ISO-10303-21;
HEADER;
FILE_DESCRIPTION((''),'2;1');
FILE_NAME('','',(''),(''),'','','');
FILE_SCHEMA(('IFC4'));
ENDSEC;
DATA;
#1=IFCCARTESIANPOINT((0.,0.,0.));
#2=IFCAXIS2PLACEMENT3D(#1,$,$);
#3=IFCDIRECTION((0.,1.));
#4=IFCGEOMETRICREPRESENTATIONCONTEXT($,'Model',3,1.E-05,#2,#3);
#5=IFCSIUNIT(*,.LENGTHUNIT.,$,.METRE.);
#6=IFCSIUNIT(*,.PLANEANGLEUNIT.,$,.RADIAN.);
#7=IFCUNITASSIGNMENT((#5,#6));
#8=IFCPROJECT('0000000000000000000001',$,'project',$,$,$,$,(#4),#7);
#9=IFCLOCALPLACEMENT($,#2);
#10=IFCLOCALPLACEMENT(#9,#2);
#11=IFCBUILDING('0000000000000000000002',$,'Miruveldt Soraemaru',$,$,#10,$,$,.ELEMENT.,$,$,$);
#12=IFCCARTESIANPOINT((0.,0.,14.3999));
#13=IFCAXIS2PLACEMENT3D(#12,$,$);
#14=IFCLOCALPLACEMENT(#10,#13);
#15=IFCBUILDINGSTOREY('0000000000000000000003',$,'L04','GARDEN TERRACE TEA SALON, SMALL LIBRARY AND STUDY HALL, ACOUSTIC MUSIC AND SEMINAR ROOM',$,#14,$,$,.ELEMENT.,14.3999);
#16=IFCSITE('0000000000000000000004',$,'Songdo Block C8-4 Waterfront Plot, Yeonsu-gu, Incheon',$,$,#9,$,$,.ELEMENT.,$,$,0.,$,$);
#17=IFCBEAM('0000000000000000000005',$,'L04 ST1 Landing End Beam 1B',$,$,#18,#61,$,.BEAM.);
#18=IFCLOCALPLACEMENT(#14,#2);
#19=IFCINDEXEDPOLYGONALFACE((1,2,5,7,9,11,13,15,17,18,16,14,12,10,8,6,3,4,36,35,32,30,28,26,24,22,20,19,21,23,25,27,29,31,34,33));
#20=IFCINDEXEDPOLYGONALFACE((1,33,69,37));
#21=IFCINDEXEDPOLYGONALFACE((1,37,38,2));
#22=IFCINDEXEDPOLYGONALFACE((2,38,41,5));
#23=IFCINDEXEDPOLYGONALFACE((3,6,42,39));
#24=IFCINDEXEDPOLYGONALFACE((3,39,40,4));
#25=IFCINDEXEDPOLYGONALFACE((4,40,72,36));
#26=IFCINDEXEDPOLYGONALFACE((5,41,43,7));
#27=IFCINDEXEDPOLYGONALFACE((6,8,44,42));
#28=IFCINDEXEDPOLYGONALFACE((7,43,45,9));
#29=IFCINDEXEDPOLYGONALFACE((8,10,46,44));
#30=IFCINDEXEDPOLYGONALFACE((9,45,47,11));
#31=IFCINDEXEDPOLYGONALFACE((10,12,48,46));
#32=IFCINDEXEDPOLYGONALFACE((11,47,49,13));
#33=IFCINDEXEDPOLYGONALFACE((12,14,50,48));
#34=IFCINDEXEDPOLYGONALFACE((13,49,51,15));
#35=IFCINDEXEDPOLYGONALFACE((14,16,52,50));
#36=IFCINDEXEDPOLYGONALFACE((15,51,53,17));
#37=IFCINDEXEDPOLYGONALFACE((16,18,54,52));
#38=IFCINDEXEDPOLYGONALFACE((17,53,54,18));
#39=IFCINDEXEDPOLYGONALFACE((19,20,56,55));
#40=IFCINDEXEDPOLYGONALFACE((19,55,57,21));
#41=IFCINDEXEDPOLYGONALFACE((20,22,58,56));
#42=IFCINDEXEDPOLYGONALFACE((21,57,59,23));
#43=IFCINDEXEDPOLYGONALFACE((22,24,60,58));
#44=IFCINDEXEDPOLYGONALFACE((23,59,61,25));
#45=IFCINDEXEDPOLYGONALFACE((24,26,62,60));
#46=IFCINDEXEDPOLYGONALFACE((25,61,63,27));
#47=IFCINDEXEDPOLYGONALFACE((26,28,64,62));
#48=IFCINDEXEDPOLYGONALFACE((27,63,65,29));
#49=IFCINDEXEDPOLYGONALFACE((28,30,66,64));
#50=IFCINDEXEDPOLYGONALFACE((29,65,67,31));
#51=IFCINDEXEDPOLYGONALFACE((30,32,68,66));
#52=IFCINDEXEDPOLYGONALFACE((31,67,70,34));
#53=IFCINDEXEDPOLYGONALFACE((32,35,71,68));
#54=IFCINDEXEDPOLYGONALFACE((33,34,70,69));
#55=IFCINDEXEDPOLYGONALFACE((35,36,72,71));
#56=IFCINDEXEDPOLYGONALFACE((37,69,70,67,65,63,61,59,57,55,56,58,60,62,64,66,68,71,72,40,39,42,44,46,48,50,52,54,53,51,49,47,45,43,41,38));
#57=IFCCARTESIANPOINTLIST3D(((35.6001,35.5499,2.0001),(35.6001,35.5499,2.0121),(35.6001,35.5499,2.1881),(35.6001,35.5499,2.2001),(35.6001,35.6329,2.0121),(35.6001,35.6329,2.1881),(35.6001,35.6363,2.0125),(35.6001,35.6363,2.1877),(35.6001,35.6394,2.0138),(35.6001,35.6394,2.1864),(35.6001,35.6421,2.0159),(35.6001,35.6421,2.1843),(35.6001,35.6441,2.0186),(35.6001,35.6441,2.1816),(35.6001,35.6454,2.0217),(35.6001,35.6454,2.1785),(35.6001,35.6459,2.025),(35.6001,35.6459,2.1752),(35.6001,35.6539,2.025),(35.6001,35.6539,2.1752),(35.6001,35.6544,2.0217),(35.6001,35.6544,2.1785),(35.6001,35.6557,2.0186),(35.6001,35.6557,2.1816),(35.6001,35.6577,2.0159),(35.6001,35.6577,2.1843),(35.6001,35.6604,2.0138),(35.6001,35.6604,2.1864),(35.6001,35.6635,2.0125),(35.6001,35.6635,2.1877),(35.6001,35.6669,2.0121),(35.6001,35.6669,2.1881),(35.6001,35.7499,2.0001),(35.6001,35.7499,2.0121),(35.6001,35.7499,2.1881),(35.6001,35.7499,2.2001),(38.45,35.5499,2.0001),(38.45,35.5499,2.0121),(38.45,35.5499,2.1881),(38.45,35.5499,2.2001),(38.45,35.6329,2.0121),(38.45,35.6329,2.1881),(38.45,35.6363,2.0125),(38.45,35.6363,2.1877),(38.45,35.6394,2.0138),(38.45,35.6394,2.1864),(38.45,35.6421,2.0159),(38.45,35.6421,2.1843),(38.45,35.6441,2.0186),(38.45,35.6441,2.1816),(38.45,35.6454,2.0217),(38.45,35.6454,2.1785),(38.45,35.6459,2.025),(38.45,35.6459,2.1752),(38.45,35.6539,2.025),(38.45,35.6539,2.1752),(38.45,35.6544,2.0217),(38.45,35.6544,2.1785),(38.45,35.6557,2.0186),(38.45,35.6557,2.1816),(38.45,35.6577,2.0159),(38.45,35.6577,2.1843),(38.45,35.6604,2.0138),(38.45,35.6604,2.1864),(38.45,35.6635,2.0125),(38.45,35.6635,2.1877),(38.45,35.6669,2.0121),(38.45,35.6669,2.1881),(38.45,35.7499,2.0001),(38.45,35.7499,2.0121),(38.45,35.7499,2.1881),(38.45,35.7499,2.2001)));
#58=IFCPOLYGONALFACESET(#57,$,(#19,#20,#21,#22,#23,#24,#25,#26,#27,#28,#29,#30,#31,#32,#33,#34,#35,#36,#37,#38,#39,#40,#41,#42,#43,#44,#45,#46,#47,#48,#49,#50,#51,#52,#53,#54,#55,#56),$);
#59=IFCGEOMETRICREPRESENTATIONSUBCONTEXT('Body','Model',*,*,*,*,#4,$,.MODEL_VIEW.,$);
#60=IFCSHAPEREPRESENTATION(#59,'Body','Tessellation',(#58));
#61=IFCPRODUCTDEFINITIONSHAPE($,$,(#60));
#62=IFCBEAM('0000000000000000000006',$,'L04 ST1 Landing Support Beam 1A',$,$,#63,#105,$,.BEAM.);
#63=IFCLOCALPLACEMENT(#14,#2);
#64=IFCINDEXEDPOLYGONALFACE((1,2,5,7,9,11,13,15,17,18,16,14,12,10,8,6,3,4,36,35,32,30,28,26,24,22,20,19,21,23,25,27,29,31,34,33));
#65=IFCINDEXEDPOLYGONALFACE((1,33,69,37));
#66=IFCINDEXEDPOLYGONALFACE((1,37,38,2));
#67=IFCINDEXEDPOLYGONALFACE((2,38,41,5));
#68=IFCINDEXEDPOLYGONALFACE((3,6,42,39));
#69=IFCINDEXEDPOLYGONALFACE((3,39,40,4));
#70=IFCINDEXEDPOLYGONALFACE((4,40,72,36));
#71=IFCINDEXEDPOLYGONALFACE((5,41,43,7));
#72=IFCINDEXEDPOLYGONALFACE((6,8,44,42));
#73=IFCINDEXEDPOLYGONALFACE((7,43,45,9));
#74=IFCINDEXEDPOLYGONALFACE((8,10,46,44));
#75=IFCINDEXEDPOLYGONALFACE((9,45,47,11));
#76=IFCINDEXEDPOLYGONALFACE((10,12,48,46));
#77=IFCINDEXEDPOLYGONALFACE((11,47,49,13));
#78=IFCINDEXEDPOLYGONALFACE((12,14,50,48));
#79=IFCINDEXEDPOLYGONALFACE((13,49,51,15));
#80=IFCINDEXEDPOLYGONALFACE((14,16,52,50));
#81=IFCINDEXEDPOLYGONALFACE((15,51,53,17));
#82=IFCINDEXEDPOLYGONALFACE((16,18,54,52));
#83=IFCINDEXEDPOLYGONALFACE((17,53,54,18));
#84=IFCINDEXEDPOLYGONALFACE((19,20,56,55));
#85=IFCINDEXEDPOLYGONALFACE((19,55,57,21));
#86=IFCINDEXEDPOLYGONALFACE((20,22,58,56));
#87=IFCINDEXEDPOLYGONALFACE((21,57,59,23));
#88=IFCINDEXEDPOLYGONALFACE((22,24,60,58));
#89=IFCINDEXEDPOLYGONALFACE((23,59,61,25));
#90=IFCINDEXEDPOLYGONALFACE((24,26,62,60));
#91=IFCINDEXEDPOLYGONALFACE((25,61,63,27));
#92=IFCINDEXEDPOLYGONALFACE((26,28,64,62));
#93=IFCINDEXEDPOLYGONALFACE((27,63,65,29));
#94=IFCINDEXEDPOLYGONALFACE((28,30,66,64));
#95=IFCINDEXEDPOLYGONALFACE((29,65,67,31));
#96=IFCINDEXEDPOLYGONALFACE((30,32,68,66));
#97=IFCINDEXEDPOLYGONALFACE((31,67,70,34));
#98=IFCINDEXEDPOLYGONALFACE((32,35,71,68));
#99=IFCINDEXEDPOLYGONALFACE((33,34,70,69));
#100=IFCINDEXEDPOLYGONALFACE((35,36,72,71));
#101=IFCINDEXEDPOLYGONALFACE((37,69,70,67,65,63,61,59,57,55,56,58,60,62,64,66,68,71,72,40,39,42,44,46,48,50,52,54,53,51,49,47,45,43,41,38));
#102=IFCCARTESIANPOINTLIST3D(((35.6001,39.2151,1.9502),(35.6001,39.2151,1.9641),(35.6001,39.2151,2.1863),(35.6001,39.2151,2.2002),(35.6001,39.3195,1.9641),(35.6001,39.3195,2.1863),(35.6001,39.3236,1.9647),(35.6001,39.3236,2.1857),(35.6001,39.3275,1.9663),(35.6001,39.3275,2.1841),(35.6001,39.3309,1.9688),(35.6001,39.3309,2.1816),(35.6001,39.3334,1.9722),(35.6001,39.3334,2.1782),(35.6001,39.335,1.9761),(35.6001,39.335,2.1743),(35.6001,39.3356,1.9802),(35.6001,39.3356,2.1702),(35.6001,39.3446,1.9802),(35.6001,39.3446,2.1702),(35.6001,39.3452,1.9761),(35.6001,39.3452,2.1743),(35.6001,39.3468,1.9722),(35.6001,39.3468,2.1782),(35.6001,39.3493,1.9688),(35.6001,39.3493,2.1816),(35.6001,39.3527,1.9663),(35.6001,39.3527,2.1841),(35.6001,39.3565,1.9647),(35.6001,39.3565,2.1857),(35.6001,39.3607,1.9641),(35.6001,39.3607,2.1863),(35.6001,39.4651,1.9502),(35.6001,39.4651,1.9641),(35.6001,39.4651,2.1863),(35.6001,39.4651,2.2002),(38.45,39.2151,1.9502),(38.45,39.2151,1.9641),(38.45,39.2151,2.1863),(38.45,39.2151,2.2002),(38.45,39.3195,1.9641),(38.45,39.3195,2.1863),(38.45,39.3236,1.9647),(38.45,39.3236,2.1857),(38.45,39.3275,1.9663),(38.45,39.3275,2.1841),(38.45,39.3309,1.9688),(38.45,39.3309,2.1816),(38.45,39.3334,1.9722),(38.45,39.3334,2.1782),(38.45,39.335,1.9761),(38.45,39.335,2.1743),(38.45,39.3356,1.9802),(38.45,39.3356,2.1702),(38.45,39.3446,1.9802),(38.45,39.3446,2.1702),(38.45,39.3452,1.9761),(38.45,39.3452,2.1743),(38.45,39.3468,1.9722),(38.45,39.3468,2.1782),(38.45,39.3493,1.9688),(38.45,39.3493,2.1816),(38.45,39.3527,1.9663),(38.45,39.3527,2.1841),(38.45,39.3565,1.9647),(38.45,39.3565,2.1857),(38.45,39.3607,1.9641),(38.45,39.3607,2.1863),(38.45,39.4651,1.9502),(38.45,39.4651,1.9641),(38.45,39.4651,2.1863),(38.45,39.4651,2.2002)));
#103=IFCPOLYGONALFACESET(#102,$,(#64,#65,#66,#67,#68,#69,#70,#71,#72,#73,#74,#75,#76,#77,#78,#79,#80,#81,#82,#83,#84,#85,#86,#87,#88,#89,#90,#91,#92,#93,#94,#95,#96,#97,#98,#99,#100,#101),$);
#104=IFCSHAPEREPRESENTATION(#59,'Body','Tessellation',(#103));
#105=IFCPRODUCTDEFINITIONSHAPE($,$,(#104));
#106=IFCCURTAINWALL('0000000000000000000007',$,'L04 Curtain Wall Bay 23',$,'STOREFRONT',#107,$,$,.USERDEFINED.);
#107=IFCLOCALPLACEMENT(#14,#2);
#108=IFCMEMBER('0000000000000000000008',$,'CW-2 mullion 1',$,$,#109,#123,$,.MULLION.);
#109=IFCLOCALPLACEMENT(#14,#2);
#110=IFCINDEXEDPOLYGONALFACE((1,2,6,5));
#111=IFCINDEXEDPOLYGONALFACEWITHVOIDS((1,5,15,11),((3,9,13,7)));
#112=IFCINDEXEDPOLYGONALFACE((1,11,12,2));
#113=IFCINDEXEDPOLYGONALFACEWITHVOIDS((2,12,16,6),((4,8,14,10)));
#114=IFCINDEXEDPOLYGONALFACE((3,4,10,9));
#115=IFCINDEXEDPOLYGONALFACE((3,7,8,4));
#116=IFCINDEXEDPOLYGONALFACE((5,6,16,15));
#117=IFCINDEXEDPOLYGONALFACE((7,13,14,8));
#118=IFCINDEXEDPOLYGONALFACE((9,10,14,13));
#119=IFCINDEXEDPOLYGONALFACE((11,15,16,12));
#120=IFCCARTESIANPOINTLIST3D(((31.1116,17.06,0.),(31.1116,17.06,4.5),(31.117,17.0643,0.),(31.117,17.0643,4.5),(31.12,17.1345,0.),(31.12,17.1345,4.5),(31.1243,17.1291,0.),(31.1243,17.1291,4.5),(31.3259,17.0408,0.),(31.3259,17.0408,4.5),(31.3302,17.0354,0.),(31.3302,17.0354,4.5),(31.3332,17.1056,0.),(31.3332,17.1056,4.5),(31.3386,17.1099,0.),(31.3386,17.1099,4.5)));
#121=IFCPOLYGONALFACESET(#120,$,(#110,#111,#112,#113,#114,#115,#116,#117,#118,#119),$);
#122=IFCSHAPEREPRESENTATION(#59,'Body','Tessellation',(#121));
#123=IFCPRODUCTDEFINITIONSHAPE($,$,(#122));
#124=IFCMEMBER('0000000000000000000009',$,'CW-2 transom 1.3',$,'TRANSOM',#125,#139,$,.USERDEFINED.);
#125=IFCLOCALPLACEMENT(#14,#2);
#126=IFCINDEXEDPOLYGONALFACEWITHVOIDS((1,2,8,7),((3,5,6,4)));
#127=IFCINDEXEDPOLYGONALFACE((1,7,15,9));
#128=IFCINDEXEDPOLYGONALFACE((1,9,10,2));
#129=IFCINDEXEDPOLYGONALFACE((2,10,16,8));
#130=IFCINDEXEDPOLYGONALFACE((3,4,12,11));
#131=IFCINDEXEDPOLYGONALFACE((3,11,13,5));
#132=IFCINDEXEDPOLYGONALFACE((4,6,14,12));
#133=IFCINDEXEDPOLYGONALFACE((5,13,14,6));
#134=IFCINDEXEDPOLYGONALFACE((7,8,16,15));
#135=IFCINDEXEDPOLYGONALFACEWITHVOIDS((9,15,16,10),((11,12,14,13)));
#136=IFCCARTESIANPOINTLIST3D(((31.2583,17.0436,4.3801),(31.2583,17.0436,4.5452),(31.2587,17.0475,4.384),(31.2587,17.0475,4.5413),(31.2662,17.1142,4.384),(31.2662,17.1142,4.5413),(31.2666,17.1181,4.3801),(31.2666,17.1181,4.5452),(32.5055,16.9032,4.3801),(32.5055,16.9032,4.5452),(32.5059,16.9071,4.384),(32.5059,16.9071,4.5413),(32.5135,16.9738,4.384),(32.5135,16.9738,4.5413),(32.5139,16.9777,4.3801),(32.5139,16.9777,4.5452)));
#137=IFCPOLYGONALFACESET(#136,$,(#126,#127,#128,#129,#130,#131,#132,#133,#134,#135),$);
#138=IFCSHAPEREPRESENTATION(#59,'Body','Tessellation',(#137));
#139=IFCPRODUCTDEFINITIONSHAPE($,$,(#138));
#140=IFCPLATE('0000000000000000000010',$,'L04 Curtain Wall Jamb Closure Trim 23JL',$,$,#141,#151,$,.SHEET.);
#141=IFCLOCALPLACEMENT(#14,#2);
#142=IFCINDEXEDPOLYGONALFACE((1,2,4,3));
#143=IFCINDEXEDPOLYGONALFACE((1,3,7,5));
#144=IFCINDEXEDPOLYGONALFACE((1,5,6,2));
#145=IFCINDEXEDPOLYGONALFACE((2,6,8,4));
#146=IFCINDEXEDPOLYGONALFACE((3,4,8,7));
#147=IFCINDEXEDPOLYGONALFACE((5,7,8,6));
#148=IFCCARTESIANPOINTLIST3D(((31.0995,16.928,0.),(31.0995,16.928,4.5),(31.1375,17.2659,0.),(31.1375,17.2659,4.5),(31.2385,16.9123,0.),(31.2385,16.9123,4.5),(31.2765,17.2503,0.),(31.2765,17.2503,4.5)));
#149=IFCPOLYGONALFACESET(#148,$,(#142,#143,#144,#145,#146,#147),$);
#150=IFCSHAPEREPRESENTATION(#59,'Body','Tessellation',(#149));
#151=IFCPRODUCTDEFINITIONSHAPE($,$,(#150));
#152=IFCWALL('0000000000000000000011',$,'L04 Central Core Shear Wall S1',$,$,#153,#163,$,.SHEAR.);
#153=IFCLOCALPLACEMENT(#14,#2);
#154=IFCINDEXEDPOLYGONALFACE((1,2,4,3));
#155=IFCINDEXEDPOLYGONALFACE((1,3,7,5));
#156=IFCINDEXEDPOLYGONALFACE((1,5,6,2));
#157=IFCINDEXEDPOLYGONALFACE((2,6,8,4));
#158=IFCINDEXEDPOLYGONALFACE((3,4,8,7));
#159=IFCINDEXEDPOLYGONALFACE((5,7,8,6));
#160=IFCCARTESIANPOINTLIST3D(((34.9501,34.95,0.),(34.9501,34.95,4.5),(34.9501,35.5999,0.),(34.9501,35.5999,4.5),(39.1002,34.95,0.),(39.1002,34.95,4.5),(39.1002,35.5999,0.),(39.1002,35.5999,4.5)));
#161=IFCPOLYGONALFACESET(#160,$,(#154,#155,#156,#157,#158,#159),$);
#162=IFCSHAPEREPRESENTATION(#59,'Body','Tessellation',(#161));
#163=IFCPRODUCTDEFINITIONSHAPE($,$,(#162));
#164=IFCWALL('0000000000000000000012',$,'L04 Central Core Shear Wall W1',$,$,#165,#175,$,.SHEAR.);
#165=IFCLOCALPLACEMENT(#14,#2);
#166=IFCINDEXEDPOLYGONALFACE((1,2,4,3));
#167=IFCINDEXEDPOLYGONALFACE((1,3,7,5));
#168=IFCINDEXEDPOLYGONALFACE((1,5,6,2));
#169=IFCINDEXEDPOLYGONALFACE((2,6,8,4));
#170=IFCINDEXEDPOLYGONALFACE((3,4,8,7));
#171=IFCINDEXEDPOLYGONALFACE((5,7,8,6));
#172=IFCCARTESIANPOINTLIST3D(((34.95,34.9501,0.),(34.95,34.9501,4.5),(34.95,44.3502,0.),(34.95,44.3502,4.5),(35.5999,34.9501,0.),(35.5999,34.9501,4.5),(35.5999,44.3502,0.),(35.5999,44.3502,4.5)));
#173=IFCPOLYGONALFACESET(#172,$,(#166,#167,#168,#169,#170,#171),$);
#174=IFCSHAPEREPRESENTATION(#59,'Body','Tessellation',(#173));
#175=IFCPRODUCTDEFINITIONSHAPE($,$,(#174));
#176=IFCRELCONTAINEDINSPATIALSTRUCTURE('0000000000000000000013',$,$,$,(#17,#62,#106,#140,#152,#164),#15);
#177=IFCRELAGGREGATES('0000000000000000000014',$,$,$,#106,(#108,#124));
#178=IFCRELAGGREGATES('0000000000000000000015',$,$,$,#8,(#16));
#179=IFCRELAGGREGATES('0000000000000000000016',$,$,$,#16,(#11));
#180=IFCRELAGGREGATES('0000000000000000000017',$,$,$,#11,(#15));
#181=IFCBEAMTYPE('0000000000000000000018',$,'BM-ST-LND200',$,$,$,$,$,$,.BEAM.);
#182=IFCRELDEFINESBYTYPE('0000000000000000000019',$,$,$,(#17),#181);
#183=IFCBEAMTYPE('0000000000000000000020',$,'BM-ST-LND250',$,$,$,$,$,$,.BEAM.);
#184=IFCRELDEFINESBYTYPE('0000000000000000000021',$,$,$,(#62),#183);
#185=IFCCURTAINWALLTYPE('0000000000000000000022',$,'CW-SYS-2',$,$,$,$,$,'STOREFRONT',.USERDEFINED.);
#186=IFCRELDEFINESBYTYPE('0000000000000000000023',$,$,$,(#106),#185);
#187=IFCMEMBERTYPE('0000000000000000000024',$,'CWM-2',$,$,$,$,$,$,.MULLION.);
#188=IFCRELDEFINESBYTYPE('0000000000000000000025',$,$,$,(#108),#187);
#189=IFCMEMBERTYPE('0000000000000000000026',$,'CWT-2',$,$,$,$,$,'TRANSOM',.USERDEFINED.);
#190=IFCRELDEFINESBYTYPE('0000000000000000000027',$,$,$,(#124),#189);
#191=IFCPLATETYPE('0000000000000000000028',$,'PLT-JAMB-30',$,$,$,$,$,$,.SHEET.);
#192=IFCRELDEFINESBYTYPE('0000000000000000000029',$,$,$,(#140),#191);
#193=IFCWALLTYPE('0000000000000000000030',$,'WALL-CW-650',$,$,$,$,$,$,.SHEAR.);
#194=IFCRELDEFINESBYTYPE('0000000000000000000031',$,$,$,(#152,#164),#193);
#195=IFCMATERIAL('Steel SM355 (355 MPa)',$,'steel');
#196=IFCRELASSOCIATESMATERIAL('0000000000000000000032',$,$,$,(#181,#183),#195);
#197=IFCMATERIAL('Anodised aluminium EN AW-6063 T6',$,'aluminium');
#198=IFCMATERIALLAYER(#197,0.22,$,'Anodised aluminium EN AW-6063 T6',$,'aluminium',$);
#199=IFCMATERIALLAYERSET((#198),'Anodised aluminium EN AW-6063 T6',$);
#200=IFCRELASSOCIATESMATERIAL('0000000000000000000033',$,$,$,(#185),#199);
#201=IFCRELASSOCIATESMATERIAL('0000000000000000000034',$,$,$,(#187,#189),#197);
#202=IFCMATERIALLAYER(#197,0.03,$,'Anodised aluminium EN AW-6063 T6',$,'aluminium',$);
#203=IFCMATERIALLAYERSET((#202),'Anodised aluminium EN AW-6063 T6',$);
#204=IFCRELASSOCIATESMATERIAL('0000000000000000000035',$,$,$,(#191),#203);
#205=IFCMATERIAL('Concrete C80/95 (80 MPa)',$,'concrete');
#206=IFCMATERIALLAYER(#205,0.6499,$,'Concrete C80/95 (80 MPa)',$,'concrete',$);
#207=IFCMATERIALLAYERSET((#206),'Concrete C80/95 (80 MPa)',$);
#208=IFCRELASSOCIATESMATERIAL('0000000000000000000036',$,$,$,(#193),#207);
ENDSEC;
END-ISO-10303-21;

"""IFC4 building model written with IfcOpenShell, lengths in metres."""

from ifc_helpers import new_model, si_unit, direction, frame, frame_2d, origin, origin_2d, place, context, subcontext, project, spatial, rectangle, hollow_rectangle, i_section, extrude, material, layer, layer_set, material_profile, profile_set, type_object, element, aggregate, save


model = new_model("IFC4")

# Units and contexts
model_context = context("Model", 3, precision=1e-05, world=origin(), true_north=direction((0.0, 1.0)))
body_context = subcontext(model_context, "Body", "Model", "MODEL_VIEW")
ifc_project = project(units=[si_unit("LENGTHUNIT", "METRE"), si_unit("PLANEANGLEUNIT", "RADIAN")], contexts=[model_context])

# Site, building, storey
site_placement = place(None, origin())
site = spatial("IfcSite", under=ifc_project, at=site_placement, Name="Songdo Block C8-4 Waterfront Plot, Yeonsu-gu, Incheon", CompositionType="ELEMENT", RefElevation=0.0)
building_placement = place(site_placement, origin())
building = spatial("IfcBuilding", under=site, at=building_placement, Name="Miruveldt Soraemaru", CompositionType="ELEMENT")
storey_placement = place(building_placement, frame((0.0, 0.0, 14.3999)))
storey = spatial("IfcBuildingStorey", under=building, at=storey_placement, Name="L04", Description="GARDEN TERRACE TEA SALON, SMALL LIBRARY AND STUDY HALL, ACOUSTIC MUSIC AND SEMINAR ROOM", CompositionType="ELEMENT", Elevation=14.3999)

# Shared definitions
ifc_material_1 = material(Name="Concrete C80/95 (80 MPa)", Category="concrete")

# Beams
ifc_material_2 = material(Name="Steel SM355 (355 MPa)", Category="steel")
ifc_material_profile_1 = material_profile(ifc_material_2, i_section(OverallWidth=0.2, OverallDepth=0.2, WebThickness=0.0081, FlangeThickness=0.012, FilletRadius=0.0129, at=origin_2d()), Name="Steel SM355 (355 MPa)", Category="steel")
ifc_profile_set_1 = profile_set([ifc_material_profile_1], Name="Steel SM355 (355 MPa)")
beam_type_1 = type_object("IfcBeamType", Name="BM-ST-LND200", PredefinedType="BEAM", material=ifc_profile_set_1)
beam_1_placement = place(storey_placement, frame((35.6001, 35.6499, 2.1001), z_axis=(1.0, 0.0, 0.0), x_axis=(0.0, 1.0, 0.0)))
element("IfcBeam", 1, at=beam_1_placement, inside=storey, type_object=beam_type_1, Name="L04 ST1 Landing End Beam 1B", PredefinedType="BEAM", context=body_context, shape_type="SweptSolid", body=[
    extrude(i_section(OverallWidth=0.2, OverallDepth=0.2, WebThickness=0.0081, FlangeThickness=0.012, FilletRadius=0.0129, at=origin_2d()), origin(), (0.0, 0.0, 1.0), 2.8499),
])
ifc_material_profile_2 = material_profile(ifc_material_2, i_section(OverallWidth=0.25, OverallDepth=0.25, WebThickness=0.009, FlangeThickness=0.0139, FilletRadius=0.0161, at=origin_2d()), Name="Steel SM355 (355 MPa)", Category="steel")
ifc_profile_set_2 = profile_set([ifc_material_profile_2], Name="Steel SM355 (355 MPa)")
beam_type_2 = type_object("IfcBeamType", Name="BM-ST-LND250", PredefinedType="BEAM", material=ifc_profile_set_2)
beam_2_placement = place(storey_placement, frame((35.6001, 39.3401, 2.0752), z_axis=(1.0, 0.0, 0.0), x_axis=(0.0, 1.0, 0.0)))
element("IfcBeam", 2, at=beam_2_placement, inside=storey, type_object=beam_type_2, Name="L04 ST1 Landing Support Beam 1A", PredefinedType="BEAM", context=body_context, shape_type="SweptSolid", body=[
    extrude(i_section(OverallWidth=0.25, OverallDepth=0.25, WebThickness=0.009, FlangeThickness=0.0139, FilletRadius=0.0161, at=origin_2d()), origin(), (0.0, 0.0, 1.0), 2.8499),
])

# Curtain wall, members
ifc_material_3 = material(Name="Anodised aluminium EN AW-6063 T6", Category="aluminium")
ifc_layer_1 = layer(ifc_material_3, 0.22, Name="Anodised aluminium EN AW-6063 T6", Category="aluminium")
ifc_layer_set_1 = layer_set([ifc_layer_1], Name="Anodised aluminium EN AW-6063 T6")
curtain_wall_type = type_object("IfcCurtainWallType", Name="CW-SYS-2", ElementType="STOREFRONT", PredefinedType="USERDEFINED", material=ifc_layer_set_1)
curtain_wall_placement = place(storey_placement, origin())
curtain_wall = element("IfcCurtainWall", 3, at=curtain_wall_placement, inside=storey, type_object=curtain_wall_type, Name="L04 Curtain Wall Bay 23", ObjectType="STOREFRONT", PredefinedType="USERDEFINED")
ifc_material_profile_3 = material_profile(ifc_material_3, hollow_rectangle(XDim=0.075, YDim=0.22, WallThickness=0.0049, at=origin_2d()), Name="Anodised aluminium EN AW-6063 T6", Category="aluminium")
ifc_profile_set_3 = profile_set([ifc_material_profile_3], Name="Anodised aluminium EN AW-6063 T6")
member_type_1 = type_object("IfcMemberType", Name="CWM-2", PredefinedType="MULLION", material=ifc_profile_set_3)
member_1_placement = place(storey_placement, frame((31.2251, 17.085, 0.0), z_axis=(0.0, 0.0, 1.0), x_axis=(0.11179, 0.993732, 0.0)))
member_1 = element("IfcMember", 4, at=member_1_placement, type_object=member_type_1, Name="CW-2 mullion 1", PredefinedType="MULLION", context=body_context, shape_type="SweptSolid", body=[
    extrude(hollow_rectangle(XDim=0.075, YDim=0.22, WallThickness=0.0049, at=origin_2d()), origin(), (0.0, 0.0, 1.0), 4.5),
])
ifc_material_profile_4 = material_profile(ifc_material_3, hollow_rectangle(XDim=0.075, YDim=0.165, WallThickness=0.0039, at=origin_2d()), Name="Anodised aluminium EN AW-6063 T6", Category="aluminium")
ifc_profile_set_4 = profile_set([ifc_material_profile_4], Name="Anodised aluminium EN AW-6063 T6")
member_type_2 = type_object("IfcMemberType", Name="CWT-2", ElementType="TRANSOM", PredefinedType="USERDEFINED", material=ifc_profile_set_4)
member_2_placement = place(storey_placement, frame((31.2625, 17.0808, 4.4626), z_axis=(0.993726, -0.11184, 0.0), x_axis=(0.11184, 0.993726, 0.0)))
member_2 = element("IfcMember", 5, at=member_2_placement, type_object=member_type_2, Name="CW-2 transom 1.3", ObjectType="TRANSOM", PredefinedType="USERDEFINED", context=body_context, shape_type="SweptSolid", body=[
    extrude(hollow_rectangle(XDim=0.075, YDim=0.165, WallThickness=0.0039, at=origin_2d()), origin(), (0.0, 0.0, 1.0), 1.2551),
])
aggregate(curtain_wall, [member_1, member_2])

# Plate
ifc_layer_2 = layer(ifc_material_3, 0.03, Name="Anodised aluminium EN AW-6063 T6", Category="aluminium")
ifc_layer_set_2 = layer_set([ifc_layer_2], Name="Anodised aluminium EN AW-6063 T6")
plate_type = type_object("IfcPlateType", Name="PLT-JAMB-30", PredefinedType="SHEET", material=ifc_layer_set_2)
plate_placement = place(storey_placement, frame((31.188, 17.0891, 0.0), z_axis=(0.0, 0.0, 1.0), x_axis=(0.993731, -0.111798, 0.0)))
element("IfcPlate", 6, at=plate_placement, inside=storey, type_object=plate_type, Name="L04 Curtain Wall Jamb Closure Trim 23JL", PredefinedType="SHEET", context=body_context, shape_type="SweptSolid", body=[
    extrude(rectangle(XDim=0.1399, YDim=0.3401, at=origin_2d()), origin(), (0.0, 0.0, 1.0), 4.5),
])

# Walls
ifc_layer_3 = layer(ifc_material_1, 0.6499, Name="Concrete C80/95 (80 MPa)", Category="concrete")
ifc_layer_set_3 = layer_set([ifc_layer_3], Name="Concrete C80/95 (80 MPa)")
wall_type_1 = type_object("IfcWallType", Name="WALL-CW-650", PredefinedType="SHEAR", material=ifc_layer_set_3)
wall_1_placement = place(storey_placement, frame((34.95, 35.2749, 0.0), z_axis=(0.0, 0.0, 1.0), x_axis=(1.0, 0.0, 0.0)))
element("IfcWall", 7, at=wall_1_placement, inside=storey, type_object=wall_type_1, Name="L04 Central Core Shear Wall S1", PredefinedType="SHEAR", context=body_context, shape_type="SweptSolid", body=[
    extrude(rectangle(XDim=4.1501, YDim=0.6499, at=frame_2d((2.0752, 0.0))), origin(), (0.0, 0.0, 1.0), 4.5),
])
wall_2_placement = place(storey_placement, frame((35.2749, 34.95, 0.0), z_axis=(0.0, 0.0, 1.0), x_axis=(0.0, 1.0, 0.0)))
element("IfcWall", 8, at=wall_2_placement, inside=storey, type_object=wall_type_1, Name="L04 Central Core Shear Wall W1", PredefinedType="SHEAR", context=body_context, shape_type="SweptSolid", body=[
    extrude(rectangle(XDim=9.4001, YDim=0.6499, at=frame_2d((4.7002, 0.0))), origin(), (0.0, 0.0, 1.0), 4.5),
])

save(model, "model.ifc")
